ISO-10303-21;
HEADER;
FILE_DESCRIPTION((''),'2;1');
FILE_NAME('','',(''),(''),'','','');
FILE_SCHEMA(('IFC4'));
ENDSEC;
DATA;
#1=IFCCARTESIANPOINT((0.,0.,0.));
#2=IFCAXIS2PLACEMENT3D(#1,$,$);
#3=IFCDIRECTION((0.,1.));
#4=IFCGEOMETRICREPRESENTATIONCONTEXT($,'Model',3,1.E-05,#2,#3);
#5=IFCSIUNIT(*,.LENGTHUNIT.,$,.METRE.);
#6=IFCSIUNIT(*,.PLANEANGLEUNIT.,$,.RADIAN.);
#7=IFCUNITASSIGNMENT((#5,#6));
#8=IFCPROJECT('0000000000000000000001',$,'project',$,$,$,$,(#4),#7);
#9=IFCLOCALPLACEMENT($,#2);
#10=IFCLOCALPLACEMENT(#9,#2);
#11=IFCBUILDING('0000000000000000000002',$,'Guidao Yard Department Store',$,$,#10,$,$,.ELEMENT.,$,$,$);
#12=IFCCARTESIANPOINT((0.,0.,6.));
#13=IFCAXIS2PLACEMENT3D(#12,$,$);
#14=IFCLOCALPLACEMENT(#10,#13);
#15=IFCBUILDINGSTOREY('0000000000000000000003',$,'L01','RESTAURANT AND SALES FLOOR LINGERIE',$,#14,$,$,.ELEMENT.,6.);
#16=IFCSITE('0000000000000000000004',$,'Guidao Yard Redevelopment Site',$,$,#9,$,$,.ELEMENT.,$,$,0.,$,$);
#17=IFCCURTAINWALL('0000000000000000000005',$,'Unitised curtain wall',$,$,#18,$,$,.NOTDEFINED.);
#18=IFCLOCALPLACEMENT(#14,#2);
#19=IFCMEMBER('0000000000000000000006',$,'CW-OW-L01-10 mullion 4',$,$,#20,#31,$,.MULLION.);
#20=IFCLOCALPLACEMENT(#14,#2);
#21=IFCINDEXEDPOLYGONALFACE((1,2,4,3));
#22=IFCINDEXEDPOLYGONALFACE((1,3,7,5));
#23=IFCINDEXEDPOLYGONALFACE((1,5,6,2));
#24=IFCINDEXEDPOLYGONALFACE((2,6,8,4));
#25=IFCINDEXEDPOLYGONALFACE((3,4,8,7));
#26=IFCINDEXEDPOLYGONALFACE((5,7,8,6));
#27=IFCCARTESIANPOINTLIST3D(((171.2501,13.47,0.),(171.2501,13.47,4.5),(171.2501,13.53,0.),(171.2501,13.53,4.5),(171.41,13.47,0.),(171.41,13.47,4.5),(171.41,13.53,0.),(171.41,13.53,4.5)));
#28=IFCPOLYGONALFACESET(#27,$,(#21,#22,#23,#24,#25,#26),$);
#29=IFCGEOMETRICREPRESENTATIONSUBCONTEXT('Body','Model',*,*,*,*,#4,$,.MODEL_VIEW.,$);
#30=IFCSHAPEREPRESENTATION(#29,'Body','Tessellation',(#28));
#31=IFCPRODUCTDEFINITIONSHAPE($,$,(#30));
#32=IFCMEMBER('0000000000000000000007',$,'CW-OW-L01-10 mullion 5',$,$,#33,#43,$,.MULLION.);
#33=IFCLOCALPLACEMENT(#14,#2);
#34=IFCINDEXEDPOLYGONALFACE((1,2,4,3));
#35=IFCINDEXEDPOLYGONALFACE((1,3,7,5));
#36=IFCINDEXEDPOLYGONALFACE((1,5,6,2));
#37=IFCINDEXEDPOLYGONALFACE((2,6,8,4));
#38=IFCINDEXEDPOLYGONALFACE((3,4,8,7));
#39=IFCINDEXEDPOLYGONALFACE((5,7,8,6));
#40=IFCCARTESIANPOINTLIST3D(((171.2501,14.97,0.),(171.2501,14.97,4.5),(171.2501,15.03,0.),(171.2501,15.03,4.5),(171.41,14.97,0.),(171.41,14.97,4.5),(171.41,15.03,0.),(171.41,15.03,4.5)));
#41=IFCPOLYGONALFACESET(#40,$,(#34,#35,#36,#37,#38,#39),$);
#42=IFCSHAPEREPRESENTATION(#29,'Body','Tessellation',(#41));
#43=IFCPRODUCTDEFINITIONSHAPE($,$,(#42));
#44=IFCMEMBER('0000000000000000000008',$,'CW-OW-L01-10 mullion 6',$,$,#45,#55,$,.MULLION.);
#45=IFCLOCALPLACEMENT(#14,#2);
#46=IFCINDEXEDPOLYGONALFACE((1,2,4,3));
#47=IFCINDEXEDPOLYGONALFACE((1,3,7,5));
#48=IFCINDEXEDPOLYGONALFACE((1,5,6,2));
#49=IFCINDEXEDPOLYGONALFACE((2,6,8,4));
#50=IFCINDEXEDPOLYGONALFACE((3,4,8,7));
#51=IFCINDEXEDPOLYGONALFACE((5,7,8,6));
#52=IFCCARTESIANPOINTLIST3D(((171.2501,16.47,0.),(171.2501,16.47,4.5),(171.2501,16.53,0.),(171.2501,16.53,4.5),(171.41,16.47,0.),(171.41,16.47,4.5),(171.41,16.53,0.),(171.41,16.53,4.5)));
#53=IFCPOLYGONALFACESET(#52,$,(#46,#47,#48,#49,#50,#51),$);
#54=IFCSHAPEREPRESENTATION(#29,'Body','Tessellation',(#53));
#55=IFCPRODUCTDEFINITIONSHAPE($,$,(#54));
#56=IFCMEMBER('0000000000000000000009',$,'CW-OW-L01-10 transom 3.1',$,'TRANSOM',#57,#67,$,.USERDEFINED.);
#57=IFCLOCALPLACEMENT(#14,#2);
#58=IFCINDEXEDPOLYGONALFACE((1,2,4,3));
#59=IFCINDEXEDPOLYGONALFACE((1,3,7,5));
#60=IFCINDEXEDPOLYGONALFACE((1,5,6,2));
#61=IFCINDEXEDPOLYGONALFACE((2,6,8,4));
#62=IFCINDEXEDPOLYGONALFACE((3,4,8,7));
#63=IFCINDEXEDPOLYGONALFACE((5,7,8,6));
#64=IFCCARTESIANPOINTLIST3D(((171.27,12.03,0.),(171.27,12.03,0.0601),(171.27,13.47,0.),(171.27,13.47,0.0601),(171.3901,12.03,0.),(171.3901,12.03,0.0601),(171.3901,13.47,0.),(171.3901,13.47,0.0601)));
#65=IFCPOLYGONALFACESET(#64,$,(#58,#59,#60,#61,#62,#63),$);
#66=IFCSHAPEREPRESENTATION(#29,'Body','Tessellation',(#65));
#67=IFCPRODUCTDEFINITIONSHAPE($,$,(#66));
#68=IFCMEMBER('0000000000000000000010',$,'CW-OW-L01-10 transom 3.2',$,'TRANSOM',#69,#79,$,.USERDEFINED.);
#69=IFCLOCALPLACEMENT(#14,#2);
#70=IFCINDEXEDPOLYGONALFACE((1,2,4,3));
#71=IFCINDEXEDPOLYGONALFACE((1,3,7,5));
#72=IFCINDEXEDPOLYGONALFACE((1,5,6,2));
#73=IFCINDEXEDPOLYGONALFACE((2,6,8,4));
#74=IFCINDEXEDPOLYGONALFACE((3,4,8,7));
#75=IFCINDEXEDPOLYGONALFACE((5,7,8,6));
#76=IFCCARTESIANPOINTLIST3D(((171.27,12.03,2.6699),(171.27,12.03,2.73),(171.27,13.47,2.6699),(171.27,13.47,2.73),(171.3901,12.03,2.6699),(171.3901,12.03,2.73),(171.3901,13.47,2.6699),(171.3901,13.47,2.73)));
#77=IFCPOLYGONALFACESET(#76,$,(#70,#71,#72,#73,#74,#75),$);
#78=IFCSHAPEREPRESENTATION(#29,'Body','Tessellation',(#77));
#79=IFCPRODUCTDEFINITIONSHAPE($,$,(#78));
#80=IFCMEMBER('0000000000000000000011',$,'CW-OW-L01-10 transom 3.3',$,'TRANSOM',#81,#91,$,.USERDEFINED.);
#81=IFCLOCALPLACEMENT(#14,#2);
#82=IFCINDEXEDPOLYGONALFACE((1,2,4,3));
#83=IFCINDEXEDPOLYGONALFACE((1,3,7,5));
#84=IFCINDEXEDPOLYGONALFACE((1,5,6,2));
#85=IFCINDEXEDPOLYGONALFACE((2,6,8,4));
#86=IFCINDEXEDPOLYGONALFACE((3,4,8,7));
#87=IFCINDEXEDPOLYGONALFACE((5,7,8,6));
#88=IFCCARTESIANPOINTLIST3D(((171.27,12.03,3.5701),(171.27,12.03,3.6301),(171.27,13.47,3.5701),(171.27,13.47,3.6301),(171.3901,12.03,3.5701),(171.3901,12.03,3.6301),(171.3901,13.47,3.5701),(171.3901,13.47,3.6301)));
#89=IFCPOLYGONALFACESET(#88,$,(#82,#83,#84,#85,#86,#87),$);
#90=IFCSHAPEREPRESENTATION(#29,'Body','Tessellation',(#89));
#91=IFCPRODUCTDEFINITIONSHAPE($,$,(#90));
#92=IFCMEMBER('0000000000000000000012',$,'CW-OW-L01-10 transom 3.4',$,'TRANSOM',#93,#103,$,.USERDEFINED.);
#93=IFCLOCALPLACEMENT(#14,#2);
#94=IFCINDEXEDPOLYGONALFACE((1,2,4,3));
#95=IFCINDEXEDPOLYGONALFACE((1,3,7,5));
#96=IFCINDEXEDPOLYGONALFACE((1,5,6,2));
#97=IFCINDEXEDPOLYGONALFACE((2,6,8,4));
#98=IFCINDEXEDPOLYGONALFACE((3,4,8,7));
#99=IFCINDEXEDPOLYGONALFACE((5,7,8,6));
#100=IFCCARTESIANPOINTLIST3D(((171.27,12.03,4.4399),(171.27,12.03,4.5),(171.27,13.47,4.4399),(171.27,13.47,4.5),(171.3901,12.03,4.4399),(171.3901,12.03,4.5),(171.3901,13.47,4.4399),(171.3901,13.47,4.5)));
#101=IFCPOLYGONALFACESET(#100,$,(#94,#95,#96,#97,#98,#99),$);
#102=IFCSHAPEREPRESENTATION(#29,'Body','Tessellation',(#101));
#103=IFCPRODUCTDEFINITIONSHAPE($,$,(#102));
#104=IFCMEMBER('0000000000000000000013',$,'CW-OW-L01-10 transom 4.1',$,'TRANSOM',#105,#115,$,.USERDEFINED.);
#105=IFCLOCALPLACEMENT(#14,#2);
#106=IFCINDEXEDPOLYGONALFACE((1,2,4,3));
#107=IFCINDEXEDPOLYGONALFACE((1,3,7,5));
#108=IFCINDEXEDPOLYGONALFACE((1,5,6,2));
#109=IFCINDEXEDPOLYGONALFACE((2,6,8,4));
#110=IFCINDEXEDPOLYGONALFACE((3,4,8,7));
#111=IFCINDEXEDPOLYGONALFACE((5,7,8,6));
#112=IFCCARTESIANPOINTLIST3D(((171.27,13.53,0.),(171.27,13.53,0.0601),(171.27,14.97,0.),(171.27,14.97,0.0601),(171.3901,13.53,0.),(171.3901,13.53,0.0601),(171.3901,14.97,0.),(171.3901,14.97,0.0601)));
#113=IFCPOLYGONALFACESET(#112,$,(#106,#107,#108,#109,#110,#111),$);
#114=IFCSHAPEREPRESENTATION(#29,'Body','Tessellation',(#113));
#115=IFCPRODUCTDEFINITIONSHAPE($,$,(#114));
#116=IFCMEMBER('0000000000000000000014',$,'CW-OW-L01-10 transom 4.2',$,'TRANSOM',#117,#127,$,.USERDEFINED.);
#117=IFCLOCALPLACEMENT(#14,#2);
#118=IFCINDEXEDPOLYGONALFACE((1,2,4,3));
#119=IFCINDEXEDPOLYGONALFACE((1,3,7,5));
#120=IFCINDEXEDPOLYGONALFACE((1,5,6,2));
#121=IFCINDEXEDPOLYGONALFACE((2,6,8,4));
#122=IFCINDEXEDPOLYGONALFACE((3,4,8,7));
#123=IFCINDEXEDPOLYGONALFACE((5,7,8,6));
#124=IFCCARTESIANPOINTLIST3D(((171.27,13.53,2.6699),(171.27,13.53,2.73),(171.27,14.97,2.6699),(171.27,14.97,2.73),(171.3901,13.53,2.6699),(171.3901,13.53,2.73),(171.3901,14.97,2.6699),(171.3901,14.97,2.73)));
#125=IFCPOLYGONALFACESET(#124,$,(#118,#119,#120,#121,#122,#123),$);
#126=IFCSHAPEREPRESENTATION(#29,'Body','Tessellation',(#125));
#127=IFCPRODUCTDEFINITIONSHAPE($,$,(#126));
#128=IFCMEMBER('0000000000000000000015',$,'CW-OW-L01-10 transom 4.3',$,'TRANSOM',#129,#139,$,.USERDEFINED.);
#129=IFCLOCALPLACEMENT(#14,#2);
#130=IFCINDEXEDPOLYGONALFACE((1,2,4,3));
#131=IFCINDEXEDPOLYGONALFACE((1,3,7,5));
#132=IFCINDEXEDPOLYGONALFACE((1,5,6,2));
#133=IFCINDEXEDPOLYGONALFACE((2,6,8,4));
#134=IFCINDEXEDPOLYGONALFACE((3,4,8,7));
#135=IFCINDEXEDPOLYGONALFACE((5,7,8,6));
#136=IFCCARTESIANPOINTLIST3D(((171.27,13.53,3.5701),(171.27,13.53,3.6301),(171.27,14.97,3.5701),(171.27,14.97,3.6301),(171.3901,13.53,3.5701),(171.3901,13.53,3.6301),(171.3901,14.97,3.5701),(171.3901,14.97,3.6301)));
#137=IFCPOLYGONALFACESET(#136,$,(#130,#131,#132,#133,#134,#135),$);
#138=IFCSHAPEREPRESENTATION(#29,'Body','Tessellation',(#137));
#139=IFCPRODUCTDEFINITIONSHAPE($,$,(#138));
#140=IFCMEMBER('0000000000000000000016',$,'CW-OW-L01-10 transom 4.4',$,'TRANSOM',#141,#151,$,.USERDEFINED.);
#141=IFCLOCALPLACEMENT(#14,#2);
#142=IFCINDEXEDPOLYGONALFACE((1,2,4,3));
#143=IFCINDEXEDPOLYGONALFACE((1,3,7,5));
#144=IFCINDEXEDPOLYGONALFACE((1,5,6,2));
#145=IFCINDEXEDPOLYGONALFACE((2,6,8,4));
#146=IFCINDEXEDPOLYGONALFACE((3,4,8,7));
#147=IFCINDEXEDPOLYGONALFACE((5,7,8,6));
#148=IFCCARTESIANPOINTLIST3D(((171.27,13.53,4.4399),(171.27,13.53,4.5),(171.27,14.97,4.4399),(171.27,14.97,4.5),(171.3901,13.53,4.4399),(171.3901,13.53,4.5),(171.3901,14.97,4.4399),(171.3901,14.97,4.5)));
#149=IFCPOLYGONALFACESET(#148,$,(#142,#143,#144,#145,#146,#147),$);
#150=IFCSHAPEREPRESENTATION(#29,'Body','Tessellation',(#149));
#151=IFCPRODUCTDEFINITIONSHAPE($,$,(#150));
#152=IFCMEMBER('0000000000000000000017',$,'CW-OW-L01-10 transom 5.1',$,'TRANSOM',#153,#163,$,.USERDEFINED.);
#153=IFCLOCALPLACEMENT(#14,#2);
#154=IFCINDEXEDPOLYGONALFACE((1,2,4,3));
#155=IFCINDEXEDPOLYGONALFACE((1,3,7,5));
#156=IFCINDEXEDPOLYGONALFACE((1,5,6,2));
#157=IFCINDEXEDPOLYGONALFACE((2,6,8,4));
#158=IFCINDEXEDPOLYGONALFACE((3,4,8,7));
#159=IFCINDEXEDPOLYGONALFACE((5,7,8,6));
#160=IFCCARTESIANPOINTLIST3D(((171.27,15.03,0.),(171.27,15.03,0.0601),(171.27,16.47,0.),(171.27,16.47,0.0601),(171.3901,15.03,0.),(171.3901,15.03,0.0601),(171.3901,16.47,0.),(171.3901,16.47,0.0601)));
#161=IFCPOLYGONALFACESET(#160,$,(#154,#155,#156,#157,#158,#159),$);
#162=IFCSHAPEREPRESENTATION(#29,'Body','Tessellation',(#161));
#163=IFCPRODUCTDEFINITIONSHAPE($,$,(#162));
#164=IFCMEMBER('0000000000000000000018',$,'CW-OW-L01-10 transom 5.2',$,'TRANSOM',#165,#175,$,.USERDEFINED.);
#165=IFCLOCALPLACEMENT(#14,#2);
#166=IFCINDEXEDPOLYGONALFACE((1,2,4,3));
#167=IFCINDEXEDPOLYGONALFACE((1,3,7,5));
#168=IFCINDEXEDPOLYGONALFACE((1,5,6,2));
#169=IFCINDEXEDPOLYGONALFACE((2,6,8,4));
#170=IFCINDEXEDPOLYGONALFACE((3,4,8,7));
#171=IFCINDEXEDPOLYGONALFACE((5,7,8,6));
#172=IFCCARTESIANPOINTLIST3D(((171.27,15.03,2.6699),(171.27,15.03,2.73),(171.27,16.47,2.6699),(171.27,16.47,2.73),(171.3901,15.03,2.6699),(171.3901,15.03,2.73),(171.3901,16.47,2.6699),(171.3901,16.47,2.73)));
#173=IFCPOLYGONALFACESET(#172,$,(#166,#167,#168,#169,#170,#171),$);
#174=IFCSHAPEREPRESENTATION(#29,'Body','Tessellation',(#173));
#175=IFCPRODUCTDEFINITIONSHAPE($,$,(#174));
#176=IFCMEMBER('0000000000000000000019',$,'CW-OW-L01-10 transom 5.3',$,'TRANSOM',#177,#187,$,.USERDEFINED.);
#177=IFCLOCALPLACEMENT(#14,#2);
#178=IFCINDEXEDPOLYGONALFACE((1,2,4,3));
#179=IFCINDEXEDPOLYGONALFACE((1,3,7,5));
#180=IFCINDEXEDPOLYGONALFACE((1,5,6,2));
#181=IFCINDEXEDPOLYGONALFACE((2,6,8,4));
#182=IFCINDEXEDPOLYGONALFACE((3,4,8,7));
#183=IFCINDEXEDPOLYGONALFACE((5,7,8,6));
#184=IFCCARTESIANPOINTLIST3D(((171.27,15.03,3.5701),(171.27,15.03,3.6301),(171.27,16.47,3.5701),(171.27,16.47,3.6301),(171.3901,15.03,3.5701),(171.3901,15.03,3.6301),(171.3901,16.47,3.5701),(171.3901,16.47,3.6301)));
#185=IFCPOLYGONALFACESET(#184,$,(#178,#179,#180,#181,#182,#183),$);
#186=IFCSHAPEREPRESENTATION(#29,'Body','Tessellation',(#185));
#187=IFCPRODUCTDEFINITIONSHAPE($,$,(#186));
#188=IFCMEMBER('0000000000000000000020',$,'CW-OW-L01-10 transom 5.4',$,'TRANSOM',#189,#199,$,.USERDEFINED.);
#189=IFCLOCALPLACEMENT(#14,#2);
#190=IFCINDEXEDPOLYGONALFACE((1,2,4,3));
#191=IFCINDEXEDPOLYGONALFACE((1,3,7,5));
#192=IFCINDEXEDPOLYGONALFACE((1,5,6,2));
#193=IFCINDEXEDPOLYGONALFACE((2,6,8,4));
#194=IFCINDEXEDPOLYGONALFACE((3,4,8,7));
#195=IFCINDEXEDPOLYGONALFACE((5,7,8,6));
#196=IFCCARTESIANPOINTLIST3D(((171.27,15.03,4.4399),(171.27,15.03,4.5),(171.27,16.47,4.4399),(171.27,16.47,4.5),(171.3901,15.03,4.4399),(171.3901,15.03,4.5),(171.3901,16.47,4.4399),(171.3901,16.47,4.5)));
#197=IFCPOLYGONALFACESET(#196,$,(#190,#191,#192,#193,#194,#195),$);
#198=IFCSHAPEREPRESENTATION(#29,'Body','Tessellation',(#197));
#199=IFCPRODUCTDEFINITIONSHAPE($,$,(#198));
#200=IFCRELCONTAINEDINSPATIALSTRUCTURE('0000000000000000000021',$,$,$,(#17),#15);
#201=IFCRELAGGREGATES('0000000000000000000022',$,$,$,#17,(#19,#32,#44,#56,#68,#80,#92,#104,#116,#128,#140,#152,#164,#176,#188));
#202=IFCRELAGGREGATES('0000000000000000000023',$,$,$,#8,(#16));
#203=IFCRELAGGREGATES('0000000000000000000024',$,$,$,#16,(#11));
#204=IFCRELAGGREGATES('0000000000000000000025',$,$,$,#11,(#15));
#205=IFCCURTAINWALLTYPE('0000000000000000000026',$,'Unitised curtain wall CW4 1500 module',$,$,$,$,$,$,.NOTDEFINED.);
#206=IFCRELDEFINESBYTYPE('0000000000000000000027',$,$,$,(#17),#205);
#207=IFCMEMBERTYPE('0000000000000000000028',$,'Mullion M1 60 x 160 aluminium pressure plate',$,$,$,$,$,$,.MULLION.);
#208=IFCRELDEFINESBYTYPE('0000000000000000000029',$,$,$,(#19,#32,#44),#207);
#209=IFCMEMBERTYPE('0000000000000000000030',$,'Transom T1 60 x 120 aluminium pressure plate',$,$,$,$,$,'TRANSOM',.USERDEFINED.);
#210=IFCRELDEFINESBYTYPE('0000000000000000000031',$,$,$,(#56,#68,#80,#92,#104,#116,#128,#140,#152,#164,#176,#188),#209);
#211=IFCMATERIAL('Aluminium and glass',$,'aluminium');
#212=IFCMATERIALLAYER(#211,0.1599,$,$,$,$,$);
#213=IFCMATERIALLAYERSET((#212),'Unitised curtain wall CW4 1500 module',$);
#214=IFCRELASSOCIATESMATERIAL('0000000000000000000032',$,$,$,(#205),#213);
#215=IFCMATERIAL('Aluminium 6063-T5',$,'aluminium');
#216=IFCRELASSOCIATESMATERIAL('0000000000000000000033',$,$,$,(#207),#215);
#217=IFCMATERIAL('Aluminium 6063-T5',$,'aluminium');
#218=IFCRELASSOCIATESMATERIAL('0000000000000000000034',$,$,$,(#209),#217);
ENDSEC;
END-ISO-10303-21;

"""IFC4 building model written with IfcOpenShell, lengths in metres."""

from ifc_helpers import new_model, si_unit, direction, frame, origin, origin_2d, place, context, subcontext, project, spatial, rectangle, extrude, material, layer, layer_set, material_profile, profile_set, type_object, element, aggregate, save


model = new_model("IFC4")

# Units and contexts
model_context = context("Model", 3, precision=1e-05, world=origin(), true_north=direction((0.0, 1.0)))
body_context = subcontext(model_context, "Body", "Model", "MODEL_VIEW")
ifc_project = project(units=[si_unit("LENGTHUNIT", "METRE"), si_unit("PLANEANGLEUNIT", "RADIAN")], contexts=[model_context])

# Site, building, storey
site_placement = place(None, origin())
site = spatial("IfcSite", under=ifc_project, at=site_placement, Name="Guidao Yard Redevelopment Site", CompositionType="ELEMENT", RefElevation=0.0)
building_placement = place(site_placement, origin())
building = spatial("IfcBuilding", under=site, at=building_placement, Name="Guidao Yard Department Store", CompositionType="ELEMENT")
storey_placement = place(building_placement, frame((0.0, 0.0, 6.0)))
storey = spatial("IfcBuildingStorey", under=building, at=storey_placement, Name="L01", Description="RESTAURANT AND SALES FLOOR LINGERIE", CompositionType="ELEMENT", Elevation=6.0)

# Curtain wall, members
ifc_material_1 = material(Name="Aluminium and glass", Category="aluminium")
ifc_layer_1 = layer(ifc_material_1, 0.1599)
ifc_layer_set_1 = layer_set([ifc_layer_1], Name="Unitised curtain wall CW4 1500 module")
curtain_wall_type = type_object("IfcCurtainWallType", Name="Unitised curtain wall CW4 1500 module", PredefinedType="NOTDEFINED", material=ifc_layer_set_1)
curtain_wall_placement = place(storey_placement, origin())
curtain_wall = element("IfcCurtainWall", 1, at=curtain_wall_placement, inside=storey, type_object=curtain_wall_type, Name="Unitised curtain wall", PredefinedType="NOTDEFINED")
ifc_material_2 = material(Name="Aluminium 6063-T5", Category="aluminium")
ifc_material_profile_1 = material_profile(ifc_material_2, rectangle(XDim=0.0601, YDim=0.1599, at=origin_2d()), Name="Mullion M1 60 x 160 aluminium pressure plate")
ifc_profile_set_1 = profile_set([ifc_material_profile_1], Name="Aluminium 6063-T5")
member_type_1 = type_object("IfcMemberType", Name="Mullion M1 60 x 160 aluminium pressure plate", PredefinedType="MULLION", material=ifc_profile_set_1)
member_1_placement = place(storey_placement, frame((171.3301, 13.5, 0.0), z_axis=(0.0, 0.0, 1.0), x_axis=(0.0, -1.0, 0.0)))
member_1 = element("IfcMember", 2, at=member_1_placement, type_object=member_type_1, Name="CW-OW-L01-10 mullion 4", PredefinedType="MULLION", context=body_context, shape_type="SweptSolid", body=[
    extrude(rectangle(XDim=0.0601, YDim=0.1599, at=origin_2d()), origin(), (0.0, 0.0, 1.0), 4.5),
])
member_2_placement = place(storey_placement, frame((171.3301, 15.0, 0.0), z_axis=(0.0, 0.0, 1.0), x_axis=(0.0, -1.0, 0.0)))
member_2 = element("IfcMember", 3, at=member_2_placement, type_object=member_type_1, Name="CW-OW-L01-10 mullion 5", PredefinedType="MULLION", context=body_context, shape_type="SweptSolid", body=[
    extrude(rectangle(XDim=0.0601, YDim=0.1599, at=origin_2d()), origin(), (0.0, 0.0, 1.0), 4.5),
])
member_3_placement = place(storey_placement, frame((171.3301, 16.5, 0.0), z_axis=(0.0, 0.0, 1.0), x_axis=(0.0, -1.0, 0.0)))
member_3 = element("IfcMember", 4, at=member_3_placement, type_object=member_type_1, Name="CW-OW-L01-10 mullion 6", PredefinedType="MULLION", context=body_context, shape_type="SweptSolid", body=[
    extrude(rectangle(XDim=0.0601, YDim=0.1599, at=origin_2d()), origin(), (0.0, 0.0, 1.0), 4.5),
])
ifc_material_3 = material(Name="Aluminium 6063-T5", Category="aluminium")
ifc_material_profile_2 = material_profile(ifc_material_3, rectangle(XDim=0.1201, YDim=0.0601, at=origin_2d()), Name="Transom T1 60 x 120 aluminium pressure plate")
ifc_profile_set_2 = profile_set([ifc_material_profile_2], Name="Aluminium 6063-T5")
member_type_2 = type_object("IfcMemberType", Name="Transom T1 60 x 120 aluminium pressure plate", ElementType="TRANSOM", PredefinedType="USERDEFINED", material=ifc_profile_set_2)
member_4_placement = place(storey_placement, frame((171.3301, 13.47, 0.03), z_axis=(0.0, -1.0, 0.0), x_axis=(1.0, 0.0, 0.0)))
member_4 = element("IfcMember", 5, at=member_4_placement, type_object=member_type_2, Name="CW-OW-L01-10 transom 3.1", ObjectType="TRANSOM", PredefinedType="USERDEFINED", context=body_context, shape_type="SweptSolid", body=[
    extrude(rectangle(XDim=0.1201, YDim=0.0601, at=origin_2d()), origin(), (0.0, 0.0, 1.0), 1.4399),
])
member_5_placement = place(storey_placement, frame((171.3301, 13.47, 2.7), z_axis=(0.0, -1.0, 0.0), x_axis=(1.0, 0.0, 0.0)))
member_5 = element("IfcMember", 6, at=member_5_placement, type_object=member_type_2, Name="CW-OW-L01-10 transom 3.2", ObjectType="TRANSOM", PredefinedType="USERDEFINED", context=body_context, shape_type="SweptSolid", body=[
    extrude(rectangle(XDim=0.1201, YDim=0.0601, at=origin_2d()), origin(), (0.0, 0.0, 1.0), 1.4399),
])
member_6_placement = place(storey_placement, frame((171.3301, 13.47, 3.6001), z_axis=(0.0, -1.0, 0.0), x_axis=(1.0, 0.0, 0.0)))
member_6 = element("IfcMember", 7, at=member_6_placement, type_object=member_type_2, Name="CW-OW-L01-10 transom 3.3", ObjectType="TRANSOM", PredefinedType="USERDEFINED", context=body_context, shape_type="SweptSolid", body=[
    extrude(rectangle(XDim=0.1201, YDim=0.0601, at=origin_2d()), origin(), (0.0, 0.0, 1.0), 1.4399),
])
member_7_placement = place(storey_placement, frame((171.3301, 13.47, 4.47), z_axis=(0.0, -1.0, 0.0), x_axis=(1.0, 0.0, 0.0)))
member_7 = element("IfcMember", 8, at=member_7_placement, type_object=member_type_2, Name="CW-OW-L01-10 transom 3.4", ObjectType="TRANSOM", PredefinedType="USERDEFINED", context=body_context, shape_type="SweptSolid", body=[
    extrude(rectangle(XDim=0.1201, YDim=0.0601, at=origin_2d()), origin(), (0.0, 0.0, 1.0), 1.4399),
])
member_8_placement = place(storey_placement, frame((171.3301, 14.97, 0.03), z_axis=(0.0, -1.0, 0.0), x_axis=(1.0, 0.0, 0.0)))
member_8 = element("IfcMember", 9, at=member_8_placement, type_object=member_type_2, Name="CW-OW-L01-10 transom 4.1", ObjectType="TRANSOM", PredefinedType="USERDEFINED", context=body_context, shape_type="SweptSolid", body=[
    extrude(rectangle(XDim=0.1201, YDim=0.0601, at=origin_2d()), origin(), (0.0, 0.0, 1.0), 1.4399),
])
member_9_placement = place(storey_placement, frame((171.3301, 14.97, 2.7), z_axis=(0.0, -1.0, 0.0), x_axis=(1.0, 0.0, 0.0)))
member_9 = element("IfcMember", 10, at=member_9_placement, type_object=member_type_2, Name="CW-OW-L01-10 transom 4.2", ObjectType="TRANSOM", PredefinedType="USERDEFINED", context=body_context, shape_type="SweptSolid", body=[
    extrude(rectangle(XDim=0.1201, YDim=0.0601, at=origin_2d()), origin(), (0.0, 0.0, 1.0), 1.4399),
])
member_10_placement = place(storey_placement, frame((171.3301, 14.97, 3.6001), z_axis=(0.0, -1.0, 0.0), x_axis=(1.0, 0.0, 0.0)))
member_10 = element("IfcMember", 11, at=member_10_placement, type_object=member_type_2, Name="CW-OW-L01-10 transom 4.3", ObjectType="TRANSOM", PredefinedType="USERDEFINED", context=body_context, shape_type="SweptSolid", body=[
    extrude(rectangle(XDim=0.1201, YDim=0.0601, at=origin_2d()), origin(), (0.0, 0.0, 1.0), 1.4399),
])
member_11_placement = place(storey_placement, frame((171.3301, 14.97, 4.47), z_axis=(0.0, -1.0, 0.0), x_axis=(1.0, 0.0, 0.0)))
member_11 = element("IfcMember", 12, at=member_11_placement, type_object=member_type_2, Name="CW-OW-L01-10 transom 4.4", ObjectType="TRANSOM", PredefinedType="USERDEFINED", context=body_context, shape_type="SweptSolid", body=[
    extrude(rectangle(XDim=0.1201, YDim=0.0601, at=origin_2d()), origin(), (0.0, 0.0, 1.0), 1.4399),
])
member_12_placement = place(storey_placement, frame((171.3301, 16.47, 0.03), z_axis=(0.0, -1.0, 0.0), x_axis=(1.0, 0.0, 0.0)))
member_12 = element("IfcMember", 13, at=member_12_placement, type_object=member_type_2, Name="CW-OW-L01-10 transom 5.1", ObjectType="TRANSOM", PredefinedType="USERDEFINED", context=body_context, shape_type="SweptSolid", body=[
    extrude(rectangle(XDim=0.1201, YDim=0.0601, at=origin_2d()), origin(), (0.0, 0.0, 1.0), 1.4399),
])
member_13_placement = place(storey_placement, frame((171.3301, 16.47, 2.7), z_axis=(0.0, -1.0, 0.0), x_axis=(1.0, 0.0, 0.0)))
member_13 = element("IfcMember", 14, at=member_13_placement, type_object=member_type_2, Name="CW-OW-L01-10 transom 5.2", ObjectType="TRANSOM", PredefinedType="USERDEFINED", context=body_context, shape_type="SweptSolid", body=[
    extrude(rectangle(XDim=0.1201, YDim=0.0601, at=origin_2d()), origin(), (0.0, 0.0, 1.0), 1.4399),
])
member_14_placement = place(storey_placement, frame((171.3301, 16.47, 3.6001), z_axis=(0.0, -1.0, 0.0), x_axis=(1.0, 0.0, 0.0)))
member_14 = element("IfcMember", 15, at=member_14_placement, type_object=member_type_2, Name="CW-OW-L01-10 transom 5.3", ObjectType="TRANSOM", PredefinedType="USERDEFINED", context=body_context, shape_type="SweptSolid", body=[
    extrude(rectangle(XDim=0.1201, YDim=0.0601, at=origin_2d()), origin(), (0.0, 0.0, 1.0), 1.4399),
])
member_15_placement = place(storey_placement, frame((171.3301, 16.47, 4.47), z_axis=(0.0, -1.0, 0.0), x_axis=(1.0, 0.0, 0.0)))
member_15 = element("IfcMember", 16, at=member_15_placement, type_object=member_type_2, Name="CW-OW-L01-10 transom 5.4", ObjectType="TRANSOM", PredefinedType="USERDEFINED", context=body_context, shape_type="SweptSolid", body=[
    extrude(rectangle(XDim=0.1201, YDim=0.0601, at=origin_2d()), origin(), (0.0, 0.0, 1.0), 1.4399),
])
aggregate(curtain_wall, [member_1, member_2, member_3, member_4, member_5, member_6, member_7, member_8, member_9, member_10, member_11, member_12, member_13, member_14, member_15])

save(model, "model.ifc")
